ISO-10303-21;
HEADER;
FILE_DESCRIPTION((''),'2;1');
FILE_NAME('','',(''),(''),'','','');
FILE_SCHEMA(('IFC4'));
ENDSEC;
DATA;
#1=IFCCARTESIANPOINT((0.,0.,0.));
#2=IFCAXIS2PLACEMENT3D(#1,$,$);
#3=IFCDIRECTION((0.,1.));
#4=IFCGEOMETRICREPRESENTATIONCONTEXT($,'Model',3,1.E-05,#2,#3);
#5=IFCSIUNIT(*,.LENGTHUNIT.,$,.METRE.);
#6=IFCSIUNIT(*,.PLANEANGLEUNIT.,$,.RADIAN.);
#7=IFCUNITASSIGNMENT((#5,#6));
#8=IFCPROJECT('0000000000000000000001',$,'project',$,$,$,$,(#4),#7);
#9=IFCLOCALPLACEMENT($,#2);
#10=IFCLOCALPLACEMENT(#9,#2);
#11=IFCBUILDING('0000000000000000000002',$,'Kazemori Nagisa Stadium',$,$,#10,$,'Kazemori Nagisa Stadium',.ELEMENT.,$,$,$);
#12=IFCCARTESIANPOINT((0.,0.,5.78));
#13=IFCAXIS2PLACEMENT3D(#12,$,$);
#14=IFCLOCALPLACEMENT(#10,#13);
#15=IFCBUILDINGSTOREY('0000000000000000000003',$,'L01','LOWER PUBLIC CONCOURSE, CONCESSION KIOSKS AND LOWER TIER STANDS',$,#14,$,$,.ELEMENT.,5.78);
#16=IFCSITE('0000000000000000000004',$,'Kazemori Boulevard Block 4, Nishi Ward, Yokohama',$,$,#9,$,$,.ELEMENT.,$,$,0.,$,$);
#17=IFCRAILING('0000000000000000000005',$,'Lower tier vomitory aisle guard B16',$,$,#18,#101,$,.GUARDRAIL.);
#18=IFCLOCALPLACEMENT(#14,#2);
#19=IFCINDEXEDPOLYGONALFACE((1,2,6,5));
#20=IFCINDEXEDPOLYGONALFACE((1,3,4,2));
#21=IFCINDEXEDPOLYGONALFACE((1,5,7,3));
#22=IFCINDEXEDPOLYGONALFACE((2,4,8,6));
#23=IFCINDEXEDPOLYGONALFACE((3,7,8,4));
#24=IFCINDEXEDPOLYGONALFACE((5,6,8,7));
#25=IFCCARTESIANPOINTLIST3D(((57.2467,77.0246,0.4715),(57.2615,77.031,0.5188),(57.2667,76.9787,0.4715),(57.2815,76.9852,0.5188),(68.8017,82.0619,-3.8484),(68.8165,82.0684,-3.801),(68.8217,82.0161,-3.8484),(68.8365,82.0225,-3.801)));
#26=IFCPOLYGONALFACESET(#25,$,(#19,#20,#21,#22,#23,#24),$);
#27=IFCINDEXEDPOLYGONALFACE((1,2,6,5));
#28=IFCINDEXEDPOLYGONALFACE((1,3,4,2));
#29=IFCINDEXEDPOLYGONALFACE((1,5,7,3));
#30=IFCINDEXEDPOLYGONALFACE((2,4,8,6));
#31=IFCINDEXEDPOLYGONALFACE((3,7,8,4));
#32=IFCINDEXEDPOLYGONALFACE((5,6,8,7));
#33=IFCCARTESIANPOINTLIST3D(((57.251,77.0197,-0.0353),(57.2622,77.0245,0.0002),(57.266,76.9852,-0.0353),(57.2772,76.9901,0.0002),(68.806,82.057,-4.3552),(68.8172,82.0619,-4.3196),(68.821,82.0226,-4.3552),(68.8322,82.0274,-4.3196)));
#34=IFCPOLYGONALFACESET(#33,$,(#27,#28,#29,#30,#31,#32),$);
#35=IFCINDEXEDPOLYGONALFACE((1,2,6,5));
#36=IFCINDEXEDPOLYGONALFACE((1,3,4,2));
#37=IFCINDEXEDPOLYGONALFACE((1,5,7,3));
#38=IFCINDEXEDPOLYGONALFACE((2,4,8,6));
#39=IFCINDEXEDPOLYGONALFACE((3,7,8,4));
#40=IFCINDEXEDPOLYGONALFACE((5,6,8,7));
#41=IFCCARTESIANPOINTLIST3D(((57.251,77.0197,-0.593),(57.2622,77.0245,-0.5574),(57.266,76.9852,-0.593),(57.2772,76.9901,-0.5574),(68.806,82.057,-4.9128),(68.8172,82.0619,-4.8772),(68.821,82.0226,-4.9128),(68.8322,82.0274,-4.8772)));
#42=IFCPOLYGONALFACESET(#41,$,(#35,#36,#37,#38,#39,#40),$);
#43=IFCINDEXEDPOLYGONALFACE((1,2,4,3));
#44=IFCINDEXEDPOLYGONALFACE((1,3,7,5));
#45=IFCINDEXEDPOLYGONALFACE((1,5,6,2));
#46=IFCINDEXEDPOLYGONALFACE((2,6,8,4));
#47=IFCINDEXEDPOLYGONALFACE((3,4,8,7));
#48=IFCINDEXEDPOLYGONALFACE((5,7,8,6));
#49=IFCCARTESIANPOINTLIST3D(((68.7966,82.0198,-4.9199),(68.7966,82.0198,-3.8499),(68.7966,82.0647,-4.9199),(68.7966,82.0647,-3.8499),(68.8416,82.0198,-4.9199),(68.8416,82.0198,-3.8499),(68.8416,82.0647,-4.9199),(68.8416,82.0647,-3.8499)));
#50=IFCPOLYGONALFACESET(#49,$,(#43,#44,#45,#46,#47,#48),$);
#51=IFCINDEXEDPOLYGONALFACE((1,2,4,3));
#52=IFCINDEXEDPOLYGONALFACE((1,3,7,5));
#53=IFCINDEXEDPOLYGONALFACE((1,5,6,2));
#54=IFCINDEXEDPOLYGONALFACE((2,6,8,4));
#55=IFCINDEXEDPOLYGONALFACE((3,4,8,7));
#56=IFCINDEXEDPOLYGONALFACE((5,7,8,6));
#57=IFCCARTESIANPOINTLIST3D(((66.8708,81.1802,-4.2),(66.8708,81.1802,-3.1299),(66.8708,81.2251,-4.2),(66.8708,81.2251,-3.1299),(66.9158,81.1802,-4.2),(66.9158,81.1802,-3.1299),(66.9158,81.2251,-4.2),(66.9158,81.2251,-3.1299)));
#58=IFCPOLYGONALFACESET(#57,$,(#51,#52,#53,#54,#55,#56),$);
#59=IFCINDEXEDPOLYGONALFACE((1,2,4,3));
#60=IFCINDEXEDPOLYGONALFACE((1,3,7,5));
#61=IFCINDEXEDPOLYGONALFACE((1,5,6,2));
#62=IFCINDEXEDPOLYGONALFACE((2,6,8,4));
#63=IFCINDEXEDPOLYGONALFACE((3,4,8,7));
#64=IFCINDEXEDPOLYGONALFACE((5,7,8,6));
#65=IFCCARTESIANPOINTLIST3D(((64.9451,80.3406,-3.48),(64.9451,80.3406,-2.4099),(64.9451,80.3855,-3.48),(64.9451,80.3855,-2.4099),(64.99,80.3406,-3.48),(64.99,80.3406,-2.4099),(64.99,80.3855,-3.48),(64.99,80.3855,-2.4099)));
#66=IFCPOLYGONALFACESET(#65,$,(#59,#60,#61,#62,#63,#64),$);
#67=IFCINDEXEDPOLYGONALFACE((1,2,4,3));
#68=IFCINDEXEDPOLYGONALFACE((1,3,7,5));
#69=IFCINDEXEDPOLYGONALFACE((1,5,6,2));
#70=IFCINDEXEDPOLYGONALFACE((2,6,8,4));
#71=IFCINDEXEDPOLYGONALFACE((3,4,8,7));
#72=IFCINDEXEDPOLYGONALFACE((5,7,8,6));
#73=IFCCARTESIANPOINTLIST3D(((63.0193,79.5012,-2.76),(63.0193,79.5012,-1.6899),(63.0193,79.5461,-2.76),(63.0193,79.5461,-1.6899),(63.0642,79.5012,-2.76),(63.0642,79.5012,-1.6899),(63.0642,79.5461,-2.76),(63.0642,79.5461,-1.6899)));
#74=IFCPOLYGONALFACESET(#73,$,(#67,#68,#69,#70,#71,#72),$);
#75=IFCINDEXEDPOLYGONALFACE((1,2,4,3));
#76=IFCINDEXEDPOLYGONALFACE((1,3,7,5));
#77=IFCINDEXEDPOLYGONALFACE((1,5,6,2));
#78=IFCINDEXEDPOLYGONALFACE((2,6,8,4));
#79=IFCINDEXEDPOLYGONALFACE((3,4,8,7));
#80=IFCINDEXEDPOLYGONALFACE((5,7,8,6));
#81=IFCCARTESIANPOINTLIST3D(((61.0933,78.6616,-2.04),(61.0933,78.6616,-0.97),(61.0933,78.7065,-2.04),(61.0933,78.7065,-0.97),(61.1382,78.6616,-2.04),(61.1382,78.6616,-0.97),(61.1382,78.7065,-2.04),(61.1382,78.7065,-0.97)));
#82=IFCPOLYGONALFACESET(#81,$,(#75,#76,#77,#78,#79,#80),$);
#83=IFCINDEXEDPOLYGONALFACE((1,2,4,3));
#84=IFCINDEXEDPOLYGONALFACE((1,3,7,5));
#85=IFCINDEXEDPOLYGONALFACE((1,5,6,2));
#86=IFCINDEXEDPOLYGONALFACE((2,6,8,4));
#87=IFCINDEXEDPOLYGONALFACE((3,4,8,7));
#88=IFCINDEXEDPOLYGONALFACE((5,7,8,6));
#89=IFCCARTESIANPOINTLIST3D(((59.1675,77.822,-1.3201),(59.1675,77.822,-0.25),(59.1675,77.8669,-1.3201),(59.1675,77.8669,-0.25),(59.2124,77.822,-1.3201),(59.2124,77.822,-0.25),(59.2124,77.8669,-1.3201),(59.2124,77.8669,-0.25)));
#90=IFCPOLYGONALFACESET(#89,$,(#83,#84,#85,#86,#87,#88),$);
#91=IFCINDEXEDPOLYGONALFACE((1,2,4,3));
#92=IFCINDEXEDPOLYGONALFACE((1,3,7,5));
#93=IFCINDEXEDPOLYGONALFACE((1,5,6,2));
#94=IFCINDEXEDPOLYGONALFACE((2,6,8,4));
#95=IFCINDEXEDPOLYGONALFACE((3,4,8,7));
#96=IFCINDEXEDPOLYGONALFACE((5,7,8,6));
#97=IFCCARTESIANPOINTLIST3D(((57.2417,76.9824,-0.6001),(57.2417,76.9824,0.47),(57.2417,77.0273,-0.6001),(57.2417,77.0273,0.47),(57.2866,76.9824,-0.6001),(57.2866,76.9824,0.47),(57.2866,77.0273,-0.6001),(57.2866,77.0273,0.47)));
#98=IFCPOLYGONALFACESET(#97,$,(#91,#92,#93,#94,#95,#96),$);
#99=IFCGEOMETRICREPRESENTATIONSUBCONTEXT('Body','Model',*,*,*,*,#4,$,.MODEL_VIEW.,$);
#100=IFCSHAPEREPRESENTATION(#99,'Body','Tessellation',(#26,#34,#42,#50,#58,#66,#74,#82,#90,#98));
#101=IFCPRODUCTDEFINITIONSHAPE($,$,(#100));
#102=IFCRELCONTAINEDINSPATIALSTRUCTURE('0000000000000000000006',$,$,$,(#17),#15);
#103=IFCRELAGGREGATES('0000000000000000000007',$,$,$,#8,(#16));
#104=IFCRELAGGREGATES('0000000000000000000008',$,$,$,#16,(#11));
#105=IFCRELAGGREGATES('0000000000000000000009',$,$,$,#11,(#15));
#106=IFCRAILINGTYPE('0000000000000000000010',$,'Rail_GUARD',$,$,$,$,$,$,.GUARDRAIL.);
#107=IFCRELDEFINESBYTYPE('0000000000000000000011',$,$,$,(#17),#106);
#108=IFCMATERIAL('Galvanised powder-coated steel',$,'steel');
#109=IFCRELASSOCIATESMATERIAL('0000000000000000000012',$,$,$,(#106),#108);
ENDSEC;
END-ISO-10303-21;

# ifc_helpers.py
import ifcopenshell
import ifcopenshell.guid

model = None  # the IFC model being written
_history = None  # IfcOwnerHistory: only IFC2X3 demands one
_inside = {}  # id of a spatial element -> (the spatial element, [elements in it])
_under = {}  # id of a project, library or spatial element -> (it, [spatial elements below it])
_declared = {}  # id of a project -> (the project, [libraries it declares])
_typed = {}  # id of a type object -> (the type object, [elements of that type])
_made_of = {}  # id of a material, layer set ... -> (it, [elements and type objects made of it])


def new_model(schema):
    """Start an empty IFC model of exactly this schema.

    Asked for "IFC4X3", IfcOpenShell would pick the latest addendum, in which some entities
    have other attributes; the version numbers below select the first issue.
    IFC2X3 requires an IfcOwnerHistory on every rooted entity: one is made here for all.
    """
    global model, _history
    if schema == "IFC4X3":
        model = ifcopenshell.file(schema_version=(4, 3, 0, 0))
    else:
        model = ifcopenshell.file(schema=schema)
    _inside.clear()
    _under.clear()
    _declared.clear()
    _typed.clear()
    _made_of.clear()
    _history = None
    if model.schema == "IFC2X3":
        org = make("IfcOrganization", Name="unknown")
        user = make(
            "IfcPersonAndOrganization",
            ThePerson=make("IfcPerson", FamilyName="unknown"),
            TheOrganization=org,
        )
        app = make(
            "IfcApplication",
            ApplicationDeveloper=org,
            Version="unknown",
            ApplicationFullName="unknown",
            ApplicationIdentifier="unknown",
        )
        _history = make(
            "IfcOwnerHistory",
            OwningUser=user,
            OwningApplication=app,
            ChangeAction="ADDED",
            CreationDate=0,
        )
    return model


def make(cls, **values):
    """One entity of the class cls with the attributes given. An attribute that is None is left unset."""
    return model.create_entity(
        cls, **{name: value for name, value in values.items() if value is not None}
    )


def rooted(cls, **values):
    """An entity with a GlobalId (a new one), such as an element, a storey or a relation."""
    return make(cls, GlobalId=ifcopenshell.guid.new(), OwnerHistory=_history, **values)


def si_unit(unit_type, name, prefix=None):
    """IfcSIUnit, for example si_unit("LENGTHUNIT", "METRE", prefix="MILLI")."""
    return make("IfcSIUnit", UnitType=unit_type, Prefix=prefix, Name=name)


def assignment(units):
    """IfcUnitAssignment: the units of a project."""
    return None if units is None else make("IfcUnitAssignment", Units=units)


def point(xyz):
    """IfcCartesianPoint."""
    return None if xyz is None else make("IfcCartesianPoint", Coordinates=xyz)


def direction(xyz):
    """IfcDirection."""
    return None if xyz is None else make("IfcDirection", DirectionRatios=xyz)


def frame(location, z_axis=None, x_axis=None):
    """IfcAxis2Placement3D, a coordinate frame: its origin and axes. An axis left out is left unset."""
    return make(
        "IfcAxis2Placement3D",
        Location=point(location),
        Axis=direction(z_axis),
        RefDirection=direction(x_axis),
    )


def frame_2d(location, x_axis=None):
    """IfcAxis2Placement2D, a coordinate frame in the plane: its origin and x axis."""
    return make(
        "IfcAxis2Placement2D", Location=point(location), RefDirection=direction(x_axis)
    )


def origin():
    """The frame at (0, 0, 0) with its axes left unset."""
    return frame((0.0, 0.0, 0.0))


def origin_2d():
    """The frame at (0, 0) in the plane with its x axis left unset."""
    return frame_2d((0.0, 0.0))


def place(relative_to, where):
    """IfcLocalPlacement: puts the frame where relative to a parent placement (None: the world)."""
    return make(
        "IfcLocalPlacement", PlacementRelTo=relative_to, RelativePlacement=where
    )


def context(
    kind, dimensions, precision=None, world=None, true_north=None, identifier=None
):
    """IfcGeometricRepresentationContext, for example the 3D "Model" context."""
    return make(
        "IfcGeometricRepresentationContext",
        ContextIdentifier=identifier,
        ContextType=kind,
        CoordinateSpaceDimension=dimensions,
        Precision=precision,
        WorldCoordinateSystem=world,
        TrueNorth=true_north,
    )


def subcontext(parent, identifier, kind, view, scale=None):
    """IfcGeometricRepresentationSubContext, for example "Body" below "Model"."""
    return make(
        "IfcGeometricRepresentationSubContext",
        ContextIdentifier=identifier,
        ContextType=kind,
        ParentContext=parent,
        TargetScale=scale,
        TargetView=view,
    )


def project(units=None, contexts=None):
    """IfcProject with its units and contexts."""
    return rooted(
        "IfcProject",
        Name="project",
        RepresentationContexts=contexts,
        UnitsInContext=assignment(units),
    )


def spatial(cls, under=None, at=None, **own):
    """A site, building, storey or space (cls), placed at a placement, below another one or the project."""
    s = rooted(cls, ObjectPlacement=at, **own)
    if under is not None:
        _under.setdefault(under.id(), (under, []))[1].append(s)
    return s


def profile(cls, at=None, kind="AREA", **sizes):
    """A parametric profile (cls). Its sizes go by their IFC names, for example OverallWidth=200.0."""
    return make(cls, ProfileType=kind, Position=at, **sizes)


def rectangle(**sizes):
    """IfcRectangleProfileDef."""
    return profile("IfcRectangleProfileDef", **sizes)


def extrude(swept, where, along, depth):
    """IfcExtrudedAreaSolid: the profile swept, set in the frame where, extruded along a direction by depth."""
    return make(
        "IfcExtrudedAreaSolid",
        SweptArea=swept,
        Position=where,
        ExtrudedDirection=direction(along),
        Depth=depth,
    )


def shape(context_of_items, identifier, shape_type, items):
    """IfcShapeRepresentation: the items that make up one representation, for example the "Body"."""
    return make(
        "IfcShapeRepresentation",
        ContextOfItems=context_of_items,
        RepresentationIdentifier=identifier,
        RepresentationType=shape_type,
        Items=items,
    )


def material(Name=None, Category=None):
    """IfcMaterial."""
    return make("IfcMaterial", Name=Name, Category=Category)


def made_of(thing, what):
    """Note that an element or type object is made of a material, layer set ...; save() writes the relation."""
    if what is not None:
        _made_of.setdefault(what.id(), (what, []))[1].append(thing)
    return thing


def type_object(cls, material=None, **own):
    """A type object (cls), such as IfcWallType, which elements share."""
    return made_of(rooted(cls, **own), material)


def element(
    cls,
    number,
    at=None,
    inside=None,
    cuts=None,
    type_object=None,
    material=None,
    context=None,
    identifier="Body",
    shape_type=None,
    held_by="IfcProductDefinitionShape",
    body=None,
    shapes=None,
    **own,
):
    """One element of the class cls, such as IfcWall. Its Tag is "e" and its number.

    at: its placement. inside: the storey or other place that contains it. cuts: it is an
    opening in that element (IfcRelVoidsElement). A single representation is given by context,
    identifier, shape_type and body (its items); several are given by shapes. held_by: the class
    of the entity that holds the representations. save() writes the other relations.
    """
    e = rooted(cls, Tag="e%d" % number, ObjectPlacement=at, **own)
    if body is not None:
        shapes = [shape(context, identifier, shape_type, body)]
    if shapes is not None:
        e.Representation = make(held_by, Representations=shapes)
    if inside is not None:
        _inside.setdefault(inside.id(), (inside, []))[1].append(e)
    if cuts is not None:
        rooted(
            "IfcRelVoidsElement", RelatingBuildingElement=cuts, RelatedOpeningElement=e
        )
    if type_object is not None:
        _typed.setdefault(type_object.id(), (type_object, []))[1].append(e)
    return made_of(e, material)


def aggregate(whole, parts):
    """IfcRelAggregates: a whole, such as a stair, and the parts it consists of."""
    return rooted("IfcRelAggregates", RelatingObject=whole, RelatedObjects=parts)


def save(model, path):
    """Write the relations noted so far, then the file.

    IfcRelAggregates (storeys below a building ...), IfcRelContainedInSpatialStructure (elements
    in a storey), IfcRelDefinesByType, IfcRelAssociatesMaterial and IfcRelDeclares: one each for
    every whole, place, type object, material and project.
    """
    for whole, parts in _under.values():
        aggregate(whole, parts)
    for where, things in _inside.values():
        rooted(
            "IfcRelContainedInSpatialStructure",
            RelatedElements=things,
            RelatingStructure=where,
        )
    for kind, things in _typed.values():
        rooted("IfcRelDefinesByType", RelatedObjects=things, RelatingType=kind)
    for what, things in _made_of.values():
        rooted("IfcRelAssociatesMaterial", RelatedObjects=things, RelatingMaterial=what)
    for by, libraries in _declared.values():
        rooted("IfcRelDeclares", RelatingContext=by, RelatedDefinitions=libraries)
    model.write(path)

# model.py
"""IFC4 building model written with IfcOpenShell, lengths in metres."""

from ifc_helpers import new_model, si_unit, direction, frame, origin, origin_2d, place, context, subcontext, project, spatial, rectangle, extrude, material, type_object, element, save


model = new_model("IFC4")

# Units and contexts
model_context = context("Model", 3, precision=1e-05, world=origin(), true_north=direction((0.0, 1.0)))
body_context = subcontext(model_context, "Body", "Model", "MODEL_VIEW")
ifc_project = project(units=[si_unit("LENGTHUNIT", "METRE"), si_unit("PLANEANGLEUNIT", "RADIAN")], contexts=[model_context])

# Site, building, storey
site_placement = place(None, origin())
site = spatial("IfcSite", under=ifc_project, at=site_placement, Name="Kazemori Boulevard Block 4, Nishi Ward, Yokohama", CompositionType="ELEMENT", RefElevation=0.0)
building_placement = place(site_placement, origin())
building = spatial("IfcBuilding", under=site, at=building_placement, Name="Kazemori Nagisa Stadium", LongName="Kazemori Nagisa Stadium", CompositionType="ELEMENT")
storey_placement = place(building_placement, frame((0.0, 0.0, 5.78)))
storey = spatial("IfcBuildingStorey", under=building, at=storey_placement, Name="L01", Description="LOWER PUBLIC CONCOURSE, CONCESSION KIOSKS AND LOWER TIER STANDS", CompositionType="ELEMENT", Elevation=5.78)

# Railing
ifc_material_1 = material(Name="Galvanised powder-coated steel", Category="steel")
railing_type_1 = type_object("IfcRailingType", Name="Rail_GUARD", PredefinedType="GUARDRAIL", material=ifc_material_1)
railing_1_placement = place(storey_placement, frame((68.8191, 82.0422, -4.9199)))
element("IfcRailing", 1, at=railing_1_placement, inside=storey, type_object=railing_type_1, Name="Lower tier vomitory aisle guard B16", PredefinedType="GUARDRAIL", context=body_context, shape_type="SweptSolid", body=[
    extrude(rectangle(XDim=0.05, YDim=0.05, at=origin_2d()), frame((0.0, 0.0, 1.0952), z_axis=(-0.86717, -0.378041, 0.324193), x_axis=(0.399625, -0.916679, 0.0)), (0.0, 0.0, 1.0), 13.325),
    extrude(rectangle(XDim=0.0376, YDim=0.0376, at=origin_2d()), frame((0.0, 0.0, 0.5825), z_axis=(-0.86717, -0.378041, 0.324193), x_axis=(0.399625, -0.916679, 0.0)), (0.0, 0.0, 1.0), 13.325),
    extrude(rectangle(XDim=0.0376, YDim=0.0376, at=origin_2d()), frame((0.0, 0.0, 0.0249), z_axis=(-0.86717, -0.378041, 0.324193), x_axis=(0.399625, -0.916679, 0.0)), (0.0, 0.0, 1.0), 13.325),
    extrude(rectangle(XDim=0.0449, YDim=0.0449, at=origin_2d()), origin(), (0.0, 0.0, 1.0), 1.0701),
    extrude(rectangle(XDim=0.0449, YDim=0.0449, at=origin_2d()), frame((-1.9258, -0.8396, 0.72)), (0.0, 0.0, 1.0), 1.0701),
    extrude(rectangle(XDim=0.0449, YDim=0.0449, at=origin_2d()), frame((-3.8516, -1.6792, 1.4399)), (0.0, 0.0, 1.0), 1.0701),
    extrude(rectangle(XDim=0.0449, YDim=0.0449, at=origin_2d()), frame((-5.7773, -2.5186, 2.1599)), (0.0, 0.0, 1.0), 1.0701),
    extrude(rectangle(XDim=0.0449, YDim=0.0449, at=origin_2d()), frame((-7.7034, -3.3582, 2.8799)), (0.0, 0.0, 1.0), 1.0701),
    extrude(rectangle(XDim=0.0449, YDim=0.0449, at=origin_2d()), frame((-9.6292, -4.1978, 3.5999)), (0.0, 0.0, 1.0), 1.0701),
    extrude(rectangle(XDim=0.0449, YDim=0.0449, at=origin_2d()), frame((-11.5549, -5.0374, 4.3198)), (0.0, 0.0, 1.0), 1.0701),
])

save(model, "model.ifc")
